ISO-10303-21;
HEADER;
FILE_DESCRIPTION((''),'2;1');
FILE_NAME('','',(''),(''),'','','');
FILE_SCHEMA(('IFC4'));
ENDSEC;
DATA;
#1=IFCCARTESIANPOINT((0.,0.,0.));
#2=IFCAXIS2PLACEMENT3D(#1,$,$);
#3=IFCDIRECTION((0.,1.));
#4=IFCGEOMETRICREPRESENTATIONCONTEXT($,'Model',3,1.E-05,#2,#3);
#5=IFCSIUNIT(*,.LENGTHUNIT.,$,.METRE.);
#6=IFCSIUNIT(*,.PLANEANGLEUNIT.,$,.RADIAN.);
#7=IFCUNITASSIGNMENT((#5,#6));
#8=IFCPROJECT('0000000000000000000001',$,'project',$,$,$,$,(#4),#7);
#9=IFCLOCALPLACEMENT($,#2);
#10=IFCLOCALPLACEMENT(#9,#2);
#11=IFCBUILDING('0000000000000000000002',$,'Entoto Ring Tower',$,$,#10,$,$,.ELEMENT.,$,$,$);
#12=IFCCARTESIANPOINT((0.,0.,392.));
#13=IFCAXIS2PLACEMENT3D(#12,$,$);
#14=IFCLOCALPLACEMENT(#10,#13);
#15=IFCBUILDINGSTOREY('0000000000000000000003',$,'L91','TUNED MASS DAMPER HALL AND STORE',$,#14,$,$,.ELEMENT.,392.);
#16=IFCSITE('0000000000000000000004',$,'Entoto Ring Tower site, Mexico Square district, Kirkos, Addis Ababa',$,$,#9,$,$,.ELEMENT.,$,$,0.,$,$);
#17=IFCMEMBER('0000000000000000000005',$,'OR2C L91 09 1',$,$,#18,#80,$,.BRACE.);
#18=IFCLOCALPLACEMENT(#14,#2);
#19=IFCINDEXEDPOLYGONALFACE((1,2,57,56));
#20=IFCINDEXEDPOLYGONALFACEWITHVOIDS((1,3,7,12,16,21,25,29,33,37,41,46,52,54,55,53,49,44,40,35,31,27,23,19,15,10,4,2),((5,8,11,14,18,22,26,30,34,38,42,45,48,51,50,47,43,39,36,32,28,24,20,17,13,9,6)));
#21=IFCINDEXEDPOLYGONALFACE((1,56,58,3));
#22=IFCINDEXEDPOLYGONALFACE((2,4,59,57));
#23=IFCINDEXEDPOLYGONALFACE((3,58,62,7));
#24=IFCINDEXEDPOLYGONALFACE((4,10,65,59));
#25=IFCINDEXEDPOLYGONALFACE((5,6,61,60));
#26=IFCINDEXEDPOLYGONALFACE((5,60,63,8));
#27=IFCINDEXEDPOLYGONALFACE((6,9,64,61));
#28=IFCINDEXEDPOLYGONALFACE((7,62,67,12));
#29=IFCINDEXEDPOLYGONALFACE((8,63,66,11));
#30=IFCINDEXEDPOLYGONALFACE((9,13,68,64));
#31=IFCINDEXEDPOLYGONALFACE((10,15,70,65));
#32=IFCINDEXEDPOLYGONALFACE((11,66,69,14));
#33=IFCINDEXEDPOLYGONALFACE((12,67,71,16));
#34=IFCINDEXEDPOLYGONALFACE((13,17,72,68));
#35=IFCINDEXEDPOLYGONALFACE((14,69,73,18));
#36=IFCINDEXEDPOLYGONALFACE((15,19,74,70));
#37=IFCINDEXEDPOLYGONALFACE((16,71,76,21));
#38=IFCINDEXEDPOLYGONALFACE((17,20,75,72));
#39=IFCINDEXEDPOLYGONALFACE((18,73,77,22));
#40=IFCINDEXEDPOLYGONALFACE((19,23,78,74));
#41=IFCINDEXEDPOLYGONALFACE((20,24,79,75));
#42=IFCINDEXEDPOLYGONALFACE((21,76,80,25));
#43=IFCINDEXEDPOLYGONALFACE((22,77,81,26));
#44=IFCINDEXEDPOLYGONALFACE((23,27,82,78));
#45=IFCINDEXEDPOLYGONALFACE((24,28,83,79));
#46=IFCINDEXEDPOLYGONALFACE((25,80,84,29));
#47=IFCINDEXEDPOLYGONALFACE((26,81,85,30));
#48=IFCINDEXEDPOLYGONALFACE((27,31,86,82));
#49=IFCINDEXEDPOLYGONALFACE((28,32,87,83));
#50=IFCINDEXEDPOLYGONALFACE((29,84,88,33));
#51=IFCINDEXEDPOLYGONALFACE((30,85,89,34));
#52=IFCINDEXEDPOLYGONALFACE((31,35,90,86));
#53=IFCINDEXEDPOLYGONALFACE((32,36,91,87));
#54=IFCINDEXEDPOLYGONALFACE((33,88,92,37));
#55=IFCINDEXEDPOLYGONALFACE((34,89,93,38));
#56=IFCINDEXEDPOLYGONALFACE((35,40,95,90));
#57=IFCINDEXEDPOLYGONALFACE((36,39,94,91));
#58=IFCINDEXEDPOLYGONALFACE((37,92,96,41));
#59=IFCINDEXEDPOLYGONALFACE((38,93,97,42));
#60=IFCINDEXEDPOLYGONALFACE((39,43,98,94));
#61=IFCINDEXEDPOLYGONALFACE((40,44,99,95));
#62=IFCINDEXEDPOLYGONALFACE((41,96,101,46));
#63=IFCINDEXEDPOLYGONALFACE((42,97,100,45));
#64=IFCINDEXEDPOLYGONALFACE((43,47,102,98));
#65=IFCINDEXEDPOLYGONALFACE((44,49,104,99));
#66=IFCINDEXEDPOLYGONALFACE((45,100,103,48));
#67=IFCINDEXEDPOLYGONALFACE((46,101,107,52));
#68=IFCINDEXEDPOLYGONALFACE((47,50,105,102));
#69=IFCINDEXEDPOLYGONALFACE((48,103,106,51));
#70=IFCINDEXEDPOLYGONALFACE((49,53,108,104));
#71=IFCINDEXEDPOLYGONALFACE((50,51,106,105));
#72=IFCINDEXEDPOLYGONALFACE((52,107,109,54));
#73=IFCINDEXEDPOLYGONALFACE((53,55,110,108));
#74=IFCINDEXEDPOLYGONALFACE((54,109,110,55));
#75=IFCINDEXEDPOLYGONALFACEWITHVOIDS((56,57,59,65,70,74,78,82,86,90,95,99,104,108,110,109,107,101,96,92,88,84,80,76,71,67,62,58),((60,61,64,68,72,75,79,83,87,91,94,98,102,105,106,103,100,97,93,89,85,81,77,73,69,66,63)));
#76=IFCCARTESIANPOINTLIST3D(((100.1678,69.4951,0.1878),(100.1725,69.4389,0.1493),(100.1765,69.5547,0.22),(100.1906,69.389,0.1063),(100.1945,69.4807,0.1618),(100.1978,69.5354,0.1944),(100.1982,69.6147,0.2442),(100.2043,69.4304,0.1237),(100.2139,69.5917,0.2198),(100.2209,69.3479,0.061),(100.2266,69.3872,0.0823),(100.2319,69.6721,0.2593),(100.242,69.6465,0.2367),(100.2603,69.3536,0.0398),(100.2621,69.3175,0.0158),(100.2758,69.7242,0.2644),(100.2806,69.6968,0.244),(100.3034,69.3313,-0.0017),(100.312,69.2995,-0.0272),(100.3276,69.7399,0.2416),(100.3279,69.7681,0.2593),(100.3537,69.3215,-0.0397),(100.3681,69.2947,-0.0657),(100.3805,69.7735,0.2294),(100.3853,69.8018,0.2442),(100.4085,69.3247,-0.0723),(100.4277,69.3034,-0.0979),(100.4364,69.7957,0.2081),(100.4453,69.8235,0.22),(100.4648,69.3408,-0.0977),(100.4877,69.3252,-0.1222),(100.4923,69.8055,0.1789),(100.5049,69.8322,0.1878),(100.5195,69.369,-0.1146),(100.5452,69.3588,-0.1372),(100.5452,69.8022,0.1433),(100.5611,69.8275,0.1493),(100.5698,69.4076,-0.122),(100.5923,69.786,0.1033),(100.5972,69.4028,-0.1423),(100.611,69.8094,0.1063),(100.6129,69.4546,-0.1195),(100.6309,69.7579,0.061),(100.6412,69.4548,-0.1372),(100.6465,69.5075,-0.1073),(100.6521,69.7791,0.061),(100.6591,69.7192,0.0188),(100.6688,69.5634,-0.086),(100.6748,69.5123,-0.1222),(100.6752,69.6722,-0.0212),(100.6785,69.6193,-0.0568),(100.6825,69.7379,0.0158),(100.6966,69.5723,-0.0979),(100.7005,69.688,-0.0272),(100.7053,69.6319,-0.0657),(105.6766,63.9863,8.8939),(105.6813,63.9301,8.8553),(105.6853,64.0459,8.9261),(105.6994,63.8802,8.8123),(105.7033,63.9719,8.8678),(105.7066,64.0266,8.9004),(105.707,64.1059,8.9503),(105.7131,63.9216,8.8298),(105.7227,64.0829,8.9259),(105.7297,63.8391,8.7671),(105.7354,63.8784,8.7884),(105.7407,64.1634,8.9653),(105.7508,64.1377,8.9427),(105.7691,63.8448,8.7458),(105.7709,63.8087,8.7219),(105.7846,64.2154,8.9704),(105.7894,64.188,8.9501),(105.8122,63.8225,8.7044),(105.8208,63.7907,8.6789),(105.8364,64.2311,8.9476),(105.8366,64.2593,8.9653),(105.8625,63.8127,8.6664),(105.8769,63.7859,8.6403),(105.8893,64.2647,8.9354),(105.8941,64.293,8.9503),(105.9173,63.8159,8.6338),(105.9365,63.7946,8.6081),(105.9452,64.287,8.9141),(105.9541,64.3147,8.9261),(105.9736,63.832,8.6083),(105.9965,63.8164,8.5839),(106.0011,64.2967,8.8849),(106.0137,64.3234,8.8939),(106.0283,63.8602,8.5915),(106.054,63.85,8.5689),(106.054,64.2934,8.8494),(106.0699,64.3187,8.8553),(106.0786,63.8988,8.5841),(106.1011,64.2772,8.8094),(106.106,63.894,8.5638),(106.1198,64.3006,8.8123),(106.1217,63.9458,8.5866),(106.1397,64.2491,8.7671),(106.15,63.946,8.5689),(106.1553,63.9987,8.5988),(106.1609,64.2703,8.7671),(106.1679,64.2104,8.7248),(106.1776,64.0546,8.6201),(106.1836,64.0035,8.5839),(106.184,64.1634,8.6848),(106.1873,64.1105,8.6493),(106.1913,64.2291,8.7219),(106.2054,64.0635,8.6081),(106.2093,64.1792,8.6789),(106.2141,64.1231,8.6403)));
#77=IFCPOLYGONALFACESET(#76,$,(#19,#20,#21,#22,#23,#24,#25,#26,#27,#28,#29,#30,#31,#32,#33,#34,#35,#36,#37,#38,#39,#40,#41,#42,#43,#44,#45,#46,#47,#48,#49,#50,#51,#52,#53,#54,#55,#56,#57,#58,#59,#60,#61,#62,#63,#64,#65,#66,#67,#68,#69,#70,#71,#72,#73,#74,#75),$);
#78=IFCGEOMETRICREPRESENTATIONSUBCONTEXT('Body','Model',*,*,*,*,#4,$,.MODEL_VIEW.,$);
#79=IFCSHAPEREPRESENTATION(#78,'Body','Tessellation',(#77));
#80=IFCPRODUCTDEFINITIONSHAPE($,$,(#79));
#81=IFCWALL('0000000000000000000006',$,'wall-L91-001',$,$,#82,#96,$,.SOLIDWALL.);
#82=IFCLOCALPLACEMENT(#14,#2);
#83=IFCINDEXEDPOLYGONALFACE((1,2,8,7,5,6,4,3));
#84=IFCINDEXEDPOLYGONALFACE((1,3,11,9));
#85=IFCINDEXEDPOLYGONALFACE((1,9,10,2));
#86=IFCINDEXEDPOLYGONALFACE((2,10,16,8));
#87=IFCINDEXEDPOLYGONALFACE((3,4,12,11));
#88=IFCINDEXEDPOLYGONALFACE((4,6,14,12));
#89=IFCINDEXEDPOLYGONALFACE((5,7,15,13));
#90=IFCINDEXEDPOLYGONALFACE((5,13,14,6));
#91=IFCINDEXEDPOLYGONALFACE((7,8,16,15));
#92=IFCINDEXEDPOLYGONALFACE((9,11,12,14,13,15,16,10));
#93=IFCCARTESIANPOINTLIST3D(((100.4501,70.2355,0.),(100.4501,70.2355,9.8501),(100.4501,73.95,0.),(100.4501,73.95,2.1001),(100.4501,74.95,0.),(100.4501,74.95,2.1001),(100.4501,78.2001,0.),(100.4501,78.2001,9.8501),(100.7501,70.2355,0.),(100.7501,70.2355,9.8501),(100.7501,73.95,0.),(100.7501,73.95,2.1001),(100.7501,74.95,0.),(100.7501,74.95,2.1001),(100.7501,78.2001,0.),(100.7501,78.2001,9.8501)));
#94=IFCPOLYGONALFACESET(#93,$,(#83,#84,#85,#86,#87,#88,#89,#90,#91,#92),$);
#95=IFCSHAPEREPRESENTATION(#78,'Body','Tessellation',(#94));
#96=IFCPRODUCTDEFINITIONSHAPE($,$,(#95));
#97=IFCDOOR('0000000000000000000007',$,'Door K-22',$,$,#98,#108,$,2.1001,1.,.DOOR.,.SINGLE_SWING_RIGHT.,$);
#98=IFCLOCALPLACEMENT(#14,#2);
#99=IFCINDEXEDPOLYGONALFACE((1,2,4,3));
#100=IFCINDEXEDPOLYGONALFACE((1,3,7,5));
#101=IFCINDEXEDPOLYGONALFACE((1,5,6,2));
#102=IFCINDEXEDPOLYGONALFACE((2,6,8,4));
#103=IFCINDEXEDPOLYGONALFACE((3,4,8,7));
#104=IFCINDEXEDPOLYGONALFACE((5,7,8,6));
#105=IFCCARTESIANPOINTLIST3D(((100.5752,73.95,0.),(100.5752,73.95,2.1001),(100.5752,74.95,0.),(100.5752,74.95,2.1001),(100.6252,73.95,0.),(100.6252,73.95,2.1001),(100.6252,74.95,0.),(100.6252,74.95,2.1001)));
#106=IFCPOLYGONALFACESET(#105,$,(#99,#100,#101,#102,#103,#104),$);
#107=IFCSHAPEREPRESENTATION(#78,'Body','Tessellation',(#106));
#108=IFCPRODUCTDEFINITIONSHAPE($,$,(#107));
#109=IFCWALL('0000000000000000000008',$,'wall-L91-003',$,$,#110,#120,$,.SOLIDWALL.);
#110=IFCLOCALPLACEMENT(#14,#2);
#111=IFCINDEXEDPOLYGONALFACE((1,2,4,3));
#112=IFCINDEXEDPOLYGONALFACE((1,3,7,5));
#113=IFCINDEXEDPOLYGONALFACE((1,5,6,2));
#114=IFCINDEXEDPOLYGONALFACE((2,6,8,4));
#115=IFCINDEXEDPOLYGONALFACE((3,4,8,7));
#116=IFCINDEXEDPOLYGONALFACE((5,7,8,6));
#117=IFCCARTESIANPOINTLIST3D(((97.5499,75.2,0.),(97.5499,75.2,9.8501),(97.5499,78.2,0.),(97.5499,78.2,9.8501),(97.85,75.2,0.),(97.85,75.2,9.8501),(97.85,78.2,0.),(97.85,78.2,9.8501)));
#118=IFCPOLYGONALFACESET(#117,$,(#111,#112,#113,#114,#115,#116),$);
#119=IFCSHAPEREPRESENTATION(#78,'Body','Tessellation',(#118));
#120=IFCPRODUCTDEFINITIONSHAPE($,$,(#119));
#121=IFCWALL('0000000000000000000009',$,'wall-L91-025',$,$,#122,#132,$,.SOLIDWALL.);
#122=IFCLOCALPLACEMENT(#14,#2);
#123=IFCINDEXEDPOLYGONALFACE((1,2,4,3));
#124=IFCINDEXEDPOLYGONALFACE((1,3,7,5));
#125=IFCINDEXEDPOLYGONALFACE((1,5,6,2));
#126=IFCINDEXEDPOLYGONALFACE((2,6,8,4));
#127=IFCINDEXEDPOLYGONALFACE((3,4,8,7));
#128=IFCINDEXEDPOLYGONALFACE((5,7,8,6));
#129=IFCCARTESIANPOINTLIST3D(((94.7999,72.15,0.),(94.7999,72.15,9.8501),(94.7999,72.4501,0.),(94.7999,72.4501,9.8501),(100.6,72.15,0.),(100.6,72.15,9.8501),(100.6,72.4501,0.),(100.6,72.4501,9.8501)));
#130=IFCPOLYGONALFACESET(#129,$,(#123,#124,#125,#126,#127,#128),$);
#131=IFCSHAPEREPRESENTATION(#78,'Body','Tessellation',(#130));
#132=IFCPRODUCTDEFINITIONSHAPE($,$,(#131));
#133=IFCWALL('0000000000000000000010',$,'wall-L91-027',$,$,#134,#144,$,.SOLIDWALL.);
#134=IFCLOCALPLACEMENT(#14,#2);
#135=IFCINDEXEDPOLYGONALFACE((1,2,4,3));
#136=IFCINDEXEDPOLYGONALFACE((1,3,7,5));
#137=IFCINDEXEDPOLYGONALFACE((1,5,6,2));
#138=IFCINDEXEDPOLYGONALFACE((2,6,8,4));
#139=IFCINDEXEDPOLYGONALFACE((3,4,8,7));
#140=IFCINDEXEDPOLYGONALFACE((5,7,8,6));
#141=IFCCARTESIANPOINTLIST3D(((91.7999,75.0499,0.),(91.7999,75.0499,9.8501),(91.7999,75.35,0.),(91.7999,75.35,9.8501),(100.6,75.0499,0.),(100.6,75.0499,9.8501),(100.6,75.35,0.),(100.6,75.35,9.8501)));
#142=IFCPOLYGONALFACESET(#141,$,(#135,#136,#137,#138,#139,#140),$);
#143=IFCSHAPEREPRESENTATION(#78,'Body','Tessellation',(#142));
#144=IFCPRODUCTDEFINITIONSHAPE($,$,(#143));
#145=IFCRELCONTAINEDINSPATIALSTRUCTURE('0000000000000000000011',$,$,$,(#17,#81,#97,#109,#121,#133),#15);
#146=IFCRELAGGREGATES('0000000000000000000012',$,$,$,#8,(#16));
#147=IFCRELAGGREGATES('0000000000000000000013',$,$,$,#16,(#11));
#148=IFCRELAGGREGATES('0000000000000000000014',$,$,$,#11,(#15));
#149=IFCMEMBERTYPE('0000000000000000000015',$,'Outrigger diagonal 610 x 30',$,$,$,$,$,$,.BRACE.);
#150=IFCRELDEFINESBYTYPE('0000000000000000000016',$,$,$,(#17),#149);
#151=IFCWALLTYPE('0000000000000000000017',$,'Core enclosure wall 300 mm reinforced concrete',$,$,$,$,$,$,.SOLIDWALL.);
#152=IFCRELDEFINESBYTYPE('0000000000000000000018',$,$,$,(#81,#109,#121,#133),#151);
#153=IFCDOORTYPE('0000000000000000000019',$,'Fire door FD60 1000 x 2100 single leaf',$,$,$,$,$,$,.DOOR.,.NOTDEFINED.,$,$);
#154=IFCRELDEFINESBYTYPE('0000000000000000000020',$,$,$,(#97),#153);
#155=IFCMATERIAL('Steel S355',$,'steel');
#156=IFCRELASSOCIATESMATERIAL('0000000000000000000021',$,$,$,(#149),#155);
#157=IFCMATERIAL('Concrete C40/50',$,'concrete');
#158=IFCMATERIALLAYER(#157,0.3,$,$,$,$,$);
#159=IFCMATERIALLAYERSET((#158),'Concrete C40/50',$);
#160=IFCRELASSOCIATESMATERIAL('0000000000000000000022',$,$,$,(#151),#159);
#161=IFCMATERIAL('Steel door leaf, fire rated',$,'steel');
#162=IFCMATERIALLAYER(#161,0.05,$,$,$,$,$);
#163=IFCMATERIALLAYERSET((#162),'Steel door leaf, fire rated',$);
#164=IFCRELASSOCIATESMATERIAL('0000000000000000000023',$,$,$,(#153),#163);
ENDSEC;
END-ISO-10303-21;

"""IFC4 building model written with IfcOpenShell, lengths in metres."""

from ifc_helpers import new_model, si_unit, direction, frame, frame_2d, origin, origin_2d, place, context, subcontext, project, spatial, rectangle, circle, hollow_circle, extrude, material, layer, layer_set, material_profile, profile_set, type_object, element, fill, save


model = new_model("IFC4")

# Units and contexts
model_context = context("Model", 3, precision=1e-05, world=origin(), true_north=direction((0.0, 1.0)))
body_context = subcontext(model_context, "Body", "Model", "MODEL_VIEW")
ifc_project = project(units=[si_unit("LENGTHUNIT", "METRE"), si_unit("PLANEANGLEUNIT", "RADIAN")], contexts=[model_context])

# Site, building, storey
site_placement = place(None, origin())
site = spatial("IfcSite", under=ifc_project, at=site_placement, Name="Entoto Ring Tower site, Mexico Square district, Kirkos, Addis Ababa", CompositionType="ELEMENT", RefElevation=0.0)
building_placement = place(site_placement, origin())
building = spatial("IfcBuilding", under=site, at=building_placement, Name="Entoto Ring Tower", CompositionType="ELEMENT")
storey_placement = place(building_placement, frame((0.0, 0.0, 392.0)))
storey = spatial("IfcBuildingStorey", under=building, at=storey_placement, Name="L91", Description="TUNED MASS DAMPER HALL AND STORE", CompositionType="ELEMENT", Elevation=392.0)

# Member
ifc_material_1 = material(Name="Steel S355", Category="steel")
ifc_material_profile_1 = material_profile(ifc_material_1, hollow_circle(Radius=0.3049, WallThickness=0.03, at=origin_2d()), Name="CHS 610 x 30")
ifc_material_2 = material(Name="Concrete C60/75", Category="concrete")
ifc_material_profile_2 = material_profile(ifc_material_2, circle(Radius=0.2749, at=origin_2d()), Name="Concrete C60/75 infill")
ifc_profile_set = profile_set([ifc_material_profile_1, ifc_material_profile_2], Name="Steel S355")
member_type = type_object("IfcMemberType", Name="Outrigger diagonal 610 x 30", PredefinedType="BRACE", material=ifc_profile_set)
member_placement = place(storey_placement, frame((100.4365, 69.5635, 0.061), z_axis=(0.471528, -0.471528, 0.7452), x_axis=(0.707107, 0.707107, 0.0)))
element("IfcMember", 1, at=member_placement, inside=storey, type_object=member_type, Name="OR2C L91 09 1", PredefinedType="BRACE", context=body_context, shape_type="SweptSolid", body=[
    extrude(hollow_circle(Radius=0.3049, WallThickness=0.03, at=origin_2d()), origin(), (0.0, 0.0, 1.0), 11.6829),
])

# Wall, opening, door
ifc_material_3 = material(Name="Concrete C40/50", Category="concrete")
ifc_layer_1 = layer(ifc_material_3, 0.3)
ifc_layer_set_1 = layer_set([ifc_layer_1], Name="Concrete C40/50")
wall_type = type_object("IfcWallType", Name="Core enclosure wall 300 mm reinforced concrete", PredefinedType="SOLIDWALL", material=ifc_layer_set_1)
wall_1_placement = place(storey_placement, frame((100.6001, 70.2354, 0.0), z_axis=(0.0, 0.0, 1.0), x_axis=(0.0, 1.0, 0.0)))
wall_1 = element("IfcWall", 2, at=wall_1_placement, inside=storey, type_object=wall_type, Name="wall-L91-001", PredefinedType="SOLIDWALL", context=body_context, shape_type="SweptSolid", body=[
    extrude(rectangle(XDim=7.9646, YDim=0.3, at=frame_2d((3.9824, 0.0))), origin(), (0.0, 0.0, 1.0), 9.8501),
])
opening_1_placement = place(wall_1_placement, frame((3.7146, 0.0, 0.0)))
opening_1 = element("IfcOpeningElement", 3, at=opening_1_placement, cuts=wall_1, PredefinedType="OPENING", context=body_context, shape_type="SweptSolid", body=[
    extrude(rectangle(XDim=1.0, YDim=2.1001, at=frame_2d((0.5, 1.05))), frame((0.0, 0.1602, 0.0), z_axis=(0.0, -1.0, 0.0), x_axis=(1.0, 0.0, 0.0)), (0.0, 0.0, 1.0), 0.3201),
])
ifc_material_4 = material(Name="Steel door leaf, fire rated", Category="steel")
ifc_layer_2 = layer(ifc_material_4, 0.05)
ifc_layer_set_2 = layer_set([ifc_layer_2], Name="Steel door leaf, fire rated")
door_type_1 = type_object("IfcDoorType", Name="Fire door FD60 1000 x 2100 single leaf", OperationType="NOTDEFINED", PredefinedType="DOOR", material=ifc_layer_set_2)
door_1_placement = place(opening_1_placement, origin())
door_1 = element("IfcDoor", 4, at=door_1_placement, inside=storey, type_object=door_type_1, Name="Door K-22", OperationType="SINGLE_SWING_RIGHT", OverallHeight=2.1001, OverallWidth=1.0, PredefinedType="DOOR", context=body_context, shape_type="SweptSolid", body=[
    extrude(rectangle(XDim=1.0, YDim=2.1001, at=frame_2d((0.5, 1.05))), frame((0.0, 0.0249, 0.0), z_axis=(0.0, -1.0, 0.0), x_axis=(1.0, 0.0, 0.0)), (0.0, 0.0, 1.0), 0.05),
])
fill(opening_1, door_1)

# Walls
wall_2_placement = place(storey_placement, frame((97.7, 75.2, 0.0), z_axis=(0.0, 0.0, 1.0), x_axis=(0.0, 1.0, 0.0)))
element("IfcWall", 5, at=wall_2_placement, inside=storey, type_object=wall_type, Name="wall-L91-003", PredefinedType="SOLIDWALL", context=body_context, shape_type="SweptSolid", body=[
    extrude(rectangle(XDim=3.0, YDim=0.3, at=frame_2d((1.5, 0.0))), origin(), (0.0, 0.0, 1.0), 9.8501),
])
wall_3_placement = place(storey_placement, frame((94.8, 72.3, 0.0), z_axis=(0.0, 0.0, 1.0), x_axis=(1.0, 0.0, 0.0)))
element("IfcWall", 6, at=wall_3_placement, inside=storey, type_object=wall_type, Name="wall-L91-025", PredefinedType="SOLIDWALL", context=body_context, shape_type="SweptSolid", body=[
    extrude(rectangle(XDim=5.8, YDim=0.3, at=frame_2d((2.8999, 0.0))), origin(), (0.0, 0.0, 1.0), 9.8501),
])
wall_4_placement = place(storey_placement, frame((91.8, 75.2, 0.0), z_axis=(0.0, 0.0, 1.0), x_axis=(1.0, 0.0, 0.0)))
element("IfcWall", 7, at=wall_4_placement, inside=storey, type_object=wall_type, Name="wall-L91-027", PredefinedType="SOLIDWALL", context=body_context, shape_type="SweptSolid", body=[
    extrude(rectangle(XDim=8.8, YDim=0.3, at=frame_2d((4.3999, 0.0))), origin(), (0.0, 0.0, 1.0), 9.8501),
])

save(model, "model.ifc")
